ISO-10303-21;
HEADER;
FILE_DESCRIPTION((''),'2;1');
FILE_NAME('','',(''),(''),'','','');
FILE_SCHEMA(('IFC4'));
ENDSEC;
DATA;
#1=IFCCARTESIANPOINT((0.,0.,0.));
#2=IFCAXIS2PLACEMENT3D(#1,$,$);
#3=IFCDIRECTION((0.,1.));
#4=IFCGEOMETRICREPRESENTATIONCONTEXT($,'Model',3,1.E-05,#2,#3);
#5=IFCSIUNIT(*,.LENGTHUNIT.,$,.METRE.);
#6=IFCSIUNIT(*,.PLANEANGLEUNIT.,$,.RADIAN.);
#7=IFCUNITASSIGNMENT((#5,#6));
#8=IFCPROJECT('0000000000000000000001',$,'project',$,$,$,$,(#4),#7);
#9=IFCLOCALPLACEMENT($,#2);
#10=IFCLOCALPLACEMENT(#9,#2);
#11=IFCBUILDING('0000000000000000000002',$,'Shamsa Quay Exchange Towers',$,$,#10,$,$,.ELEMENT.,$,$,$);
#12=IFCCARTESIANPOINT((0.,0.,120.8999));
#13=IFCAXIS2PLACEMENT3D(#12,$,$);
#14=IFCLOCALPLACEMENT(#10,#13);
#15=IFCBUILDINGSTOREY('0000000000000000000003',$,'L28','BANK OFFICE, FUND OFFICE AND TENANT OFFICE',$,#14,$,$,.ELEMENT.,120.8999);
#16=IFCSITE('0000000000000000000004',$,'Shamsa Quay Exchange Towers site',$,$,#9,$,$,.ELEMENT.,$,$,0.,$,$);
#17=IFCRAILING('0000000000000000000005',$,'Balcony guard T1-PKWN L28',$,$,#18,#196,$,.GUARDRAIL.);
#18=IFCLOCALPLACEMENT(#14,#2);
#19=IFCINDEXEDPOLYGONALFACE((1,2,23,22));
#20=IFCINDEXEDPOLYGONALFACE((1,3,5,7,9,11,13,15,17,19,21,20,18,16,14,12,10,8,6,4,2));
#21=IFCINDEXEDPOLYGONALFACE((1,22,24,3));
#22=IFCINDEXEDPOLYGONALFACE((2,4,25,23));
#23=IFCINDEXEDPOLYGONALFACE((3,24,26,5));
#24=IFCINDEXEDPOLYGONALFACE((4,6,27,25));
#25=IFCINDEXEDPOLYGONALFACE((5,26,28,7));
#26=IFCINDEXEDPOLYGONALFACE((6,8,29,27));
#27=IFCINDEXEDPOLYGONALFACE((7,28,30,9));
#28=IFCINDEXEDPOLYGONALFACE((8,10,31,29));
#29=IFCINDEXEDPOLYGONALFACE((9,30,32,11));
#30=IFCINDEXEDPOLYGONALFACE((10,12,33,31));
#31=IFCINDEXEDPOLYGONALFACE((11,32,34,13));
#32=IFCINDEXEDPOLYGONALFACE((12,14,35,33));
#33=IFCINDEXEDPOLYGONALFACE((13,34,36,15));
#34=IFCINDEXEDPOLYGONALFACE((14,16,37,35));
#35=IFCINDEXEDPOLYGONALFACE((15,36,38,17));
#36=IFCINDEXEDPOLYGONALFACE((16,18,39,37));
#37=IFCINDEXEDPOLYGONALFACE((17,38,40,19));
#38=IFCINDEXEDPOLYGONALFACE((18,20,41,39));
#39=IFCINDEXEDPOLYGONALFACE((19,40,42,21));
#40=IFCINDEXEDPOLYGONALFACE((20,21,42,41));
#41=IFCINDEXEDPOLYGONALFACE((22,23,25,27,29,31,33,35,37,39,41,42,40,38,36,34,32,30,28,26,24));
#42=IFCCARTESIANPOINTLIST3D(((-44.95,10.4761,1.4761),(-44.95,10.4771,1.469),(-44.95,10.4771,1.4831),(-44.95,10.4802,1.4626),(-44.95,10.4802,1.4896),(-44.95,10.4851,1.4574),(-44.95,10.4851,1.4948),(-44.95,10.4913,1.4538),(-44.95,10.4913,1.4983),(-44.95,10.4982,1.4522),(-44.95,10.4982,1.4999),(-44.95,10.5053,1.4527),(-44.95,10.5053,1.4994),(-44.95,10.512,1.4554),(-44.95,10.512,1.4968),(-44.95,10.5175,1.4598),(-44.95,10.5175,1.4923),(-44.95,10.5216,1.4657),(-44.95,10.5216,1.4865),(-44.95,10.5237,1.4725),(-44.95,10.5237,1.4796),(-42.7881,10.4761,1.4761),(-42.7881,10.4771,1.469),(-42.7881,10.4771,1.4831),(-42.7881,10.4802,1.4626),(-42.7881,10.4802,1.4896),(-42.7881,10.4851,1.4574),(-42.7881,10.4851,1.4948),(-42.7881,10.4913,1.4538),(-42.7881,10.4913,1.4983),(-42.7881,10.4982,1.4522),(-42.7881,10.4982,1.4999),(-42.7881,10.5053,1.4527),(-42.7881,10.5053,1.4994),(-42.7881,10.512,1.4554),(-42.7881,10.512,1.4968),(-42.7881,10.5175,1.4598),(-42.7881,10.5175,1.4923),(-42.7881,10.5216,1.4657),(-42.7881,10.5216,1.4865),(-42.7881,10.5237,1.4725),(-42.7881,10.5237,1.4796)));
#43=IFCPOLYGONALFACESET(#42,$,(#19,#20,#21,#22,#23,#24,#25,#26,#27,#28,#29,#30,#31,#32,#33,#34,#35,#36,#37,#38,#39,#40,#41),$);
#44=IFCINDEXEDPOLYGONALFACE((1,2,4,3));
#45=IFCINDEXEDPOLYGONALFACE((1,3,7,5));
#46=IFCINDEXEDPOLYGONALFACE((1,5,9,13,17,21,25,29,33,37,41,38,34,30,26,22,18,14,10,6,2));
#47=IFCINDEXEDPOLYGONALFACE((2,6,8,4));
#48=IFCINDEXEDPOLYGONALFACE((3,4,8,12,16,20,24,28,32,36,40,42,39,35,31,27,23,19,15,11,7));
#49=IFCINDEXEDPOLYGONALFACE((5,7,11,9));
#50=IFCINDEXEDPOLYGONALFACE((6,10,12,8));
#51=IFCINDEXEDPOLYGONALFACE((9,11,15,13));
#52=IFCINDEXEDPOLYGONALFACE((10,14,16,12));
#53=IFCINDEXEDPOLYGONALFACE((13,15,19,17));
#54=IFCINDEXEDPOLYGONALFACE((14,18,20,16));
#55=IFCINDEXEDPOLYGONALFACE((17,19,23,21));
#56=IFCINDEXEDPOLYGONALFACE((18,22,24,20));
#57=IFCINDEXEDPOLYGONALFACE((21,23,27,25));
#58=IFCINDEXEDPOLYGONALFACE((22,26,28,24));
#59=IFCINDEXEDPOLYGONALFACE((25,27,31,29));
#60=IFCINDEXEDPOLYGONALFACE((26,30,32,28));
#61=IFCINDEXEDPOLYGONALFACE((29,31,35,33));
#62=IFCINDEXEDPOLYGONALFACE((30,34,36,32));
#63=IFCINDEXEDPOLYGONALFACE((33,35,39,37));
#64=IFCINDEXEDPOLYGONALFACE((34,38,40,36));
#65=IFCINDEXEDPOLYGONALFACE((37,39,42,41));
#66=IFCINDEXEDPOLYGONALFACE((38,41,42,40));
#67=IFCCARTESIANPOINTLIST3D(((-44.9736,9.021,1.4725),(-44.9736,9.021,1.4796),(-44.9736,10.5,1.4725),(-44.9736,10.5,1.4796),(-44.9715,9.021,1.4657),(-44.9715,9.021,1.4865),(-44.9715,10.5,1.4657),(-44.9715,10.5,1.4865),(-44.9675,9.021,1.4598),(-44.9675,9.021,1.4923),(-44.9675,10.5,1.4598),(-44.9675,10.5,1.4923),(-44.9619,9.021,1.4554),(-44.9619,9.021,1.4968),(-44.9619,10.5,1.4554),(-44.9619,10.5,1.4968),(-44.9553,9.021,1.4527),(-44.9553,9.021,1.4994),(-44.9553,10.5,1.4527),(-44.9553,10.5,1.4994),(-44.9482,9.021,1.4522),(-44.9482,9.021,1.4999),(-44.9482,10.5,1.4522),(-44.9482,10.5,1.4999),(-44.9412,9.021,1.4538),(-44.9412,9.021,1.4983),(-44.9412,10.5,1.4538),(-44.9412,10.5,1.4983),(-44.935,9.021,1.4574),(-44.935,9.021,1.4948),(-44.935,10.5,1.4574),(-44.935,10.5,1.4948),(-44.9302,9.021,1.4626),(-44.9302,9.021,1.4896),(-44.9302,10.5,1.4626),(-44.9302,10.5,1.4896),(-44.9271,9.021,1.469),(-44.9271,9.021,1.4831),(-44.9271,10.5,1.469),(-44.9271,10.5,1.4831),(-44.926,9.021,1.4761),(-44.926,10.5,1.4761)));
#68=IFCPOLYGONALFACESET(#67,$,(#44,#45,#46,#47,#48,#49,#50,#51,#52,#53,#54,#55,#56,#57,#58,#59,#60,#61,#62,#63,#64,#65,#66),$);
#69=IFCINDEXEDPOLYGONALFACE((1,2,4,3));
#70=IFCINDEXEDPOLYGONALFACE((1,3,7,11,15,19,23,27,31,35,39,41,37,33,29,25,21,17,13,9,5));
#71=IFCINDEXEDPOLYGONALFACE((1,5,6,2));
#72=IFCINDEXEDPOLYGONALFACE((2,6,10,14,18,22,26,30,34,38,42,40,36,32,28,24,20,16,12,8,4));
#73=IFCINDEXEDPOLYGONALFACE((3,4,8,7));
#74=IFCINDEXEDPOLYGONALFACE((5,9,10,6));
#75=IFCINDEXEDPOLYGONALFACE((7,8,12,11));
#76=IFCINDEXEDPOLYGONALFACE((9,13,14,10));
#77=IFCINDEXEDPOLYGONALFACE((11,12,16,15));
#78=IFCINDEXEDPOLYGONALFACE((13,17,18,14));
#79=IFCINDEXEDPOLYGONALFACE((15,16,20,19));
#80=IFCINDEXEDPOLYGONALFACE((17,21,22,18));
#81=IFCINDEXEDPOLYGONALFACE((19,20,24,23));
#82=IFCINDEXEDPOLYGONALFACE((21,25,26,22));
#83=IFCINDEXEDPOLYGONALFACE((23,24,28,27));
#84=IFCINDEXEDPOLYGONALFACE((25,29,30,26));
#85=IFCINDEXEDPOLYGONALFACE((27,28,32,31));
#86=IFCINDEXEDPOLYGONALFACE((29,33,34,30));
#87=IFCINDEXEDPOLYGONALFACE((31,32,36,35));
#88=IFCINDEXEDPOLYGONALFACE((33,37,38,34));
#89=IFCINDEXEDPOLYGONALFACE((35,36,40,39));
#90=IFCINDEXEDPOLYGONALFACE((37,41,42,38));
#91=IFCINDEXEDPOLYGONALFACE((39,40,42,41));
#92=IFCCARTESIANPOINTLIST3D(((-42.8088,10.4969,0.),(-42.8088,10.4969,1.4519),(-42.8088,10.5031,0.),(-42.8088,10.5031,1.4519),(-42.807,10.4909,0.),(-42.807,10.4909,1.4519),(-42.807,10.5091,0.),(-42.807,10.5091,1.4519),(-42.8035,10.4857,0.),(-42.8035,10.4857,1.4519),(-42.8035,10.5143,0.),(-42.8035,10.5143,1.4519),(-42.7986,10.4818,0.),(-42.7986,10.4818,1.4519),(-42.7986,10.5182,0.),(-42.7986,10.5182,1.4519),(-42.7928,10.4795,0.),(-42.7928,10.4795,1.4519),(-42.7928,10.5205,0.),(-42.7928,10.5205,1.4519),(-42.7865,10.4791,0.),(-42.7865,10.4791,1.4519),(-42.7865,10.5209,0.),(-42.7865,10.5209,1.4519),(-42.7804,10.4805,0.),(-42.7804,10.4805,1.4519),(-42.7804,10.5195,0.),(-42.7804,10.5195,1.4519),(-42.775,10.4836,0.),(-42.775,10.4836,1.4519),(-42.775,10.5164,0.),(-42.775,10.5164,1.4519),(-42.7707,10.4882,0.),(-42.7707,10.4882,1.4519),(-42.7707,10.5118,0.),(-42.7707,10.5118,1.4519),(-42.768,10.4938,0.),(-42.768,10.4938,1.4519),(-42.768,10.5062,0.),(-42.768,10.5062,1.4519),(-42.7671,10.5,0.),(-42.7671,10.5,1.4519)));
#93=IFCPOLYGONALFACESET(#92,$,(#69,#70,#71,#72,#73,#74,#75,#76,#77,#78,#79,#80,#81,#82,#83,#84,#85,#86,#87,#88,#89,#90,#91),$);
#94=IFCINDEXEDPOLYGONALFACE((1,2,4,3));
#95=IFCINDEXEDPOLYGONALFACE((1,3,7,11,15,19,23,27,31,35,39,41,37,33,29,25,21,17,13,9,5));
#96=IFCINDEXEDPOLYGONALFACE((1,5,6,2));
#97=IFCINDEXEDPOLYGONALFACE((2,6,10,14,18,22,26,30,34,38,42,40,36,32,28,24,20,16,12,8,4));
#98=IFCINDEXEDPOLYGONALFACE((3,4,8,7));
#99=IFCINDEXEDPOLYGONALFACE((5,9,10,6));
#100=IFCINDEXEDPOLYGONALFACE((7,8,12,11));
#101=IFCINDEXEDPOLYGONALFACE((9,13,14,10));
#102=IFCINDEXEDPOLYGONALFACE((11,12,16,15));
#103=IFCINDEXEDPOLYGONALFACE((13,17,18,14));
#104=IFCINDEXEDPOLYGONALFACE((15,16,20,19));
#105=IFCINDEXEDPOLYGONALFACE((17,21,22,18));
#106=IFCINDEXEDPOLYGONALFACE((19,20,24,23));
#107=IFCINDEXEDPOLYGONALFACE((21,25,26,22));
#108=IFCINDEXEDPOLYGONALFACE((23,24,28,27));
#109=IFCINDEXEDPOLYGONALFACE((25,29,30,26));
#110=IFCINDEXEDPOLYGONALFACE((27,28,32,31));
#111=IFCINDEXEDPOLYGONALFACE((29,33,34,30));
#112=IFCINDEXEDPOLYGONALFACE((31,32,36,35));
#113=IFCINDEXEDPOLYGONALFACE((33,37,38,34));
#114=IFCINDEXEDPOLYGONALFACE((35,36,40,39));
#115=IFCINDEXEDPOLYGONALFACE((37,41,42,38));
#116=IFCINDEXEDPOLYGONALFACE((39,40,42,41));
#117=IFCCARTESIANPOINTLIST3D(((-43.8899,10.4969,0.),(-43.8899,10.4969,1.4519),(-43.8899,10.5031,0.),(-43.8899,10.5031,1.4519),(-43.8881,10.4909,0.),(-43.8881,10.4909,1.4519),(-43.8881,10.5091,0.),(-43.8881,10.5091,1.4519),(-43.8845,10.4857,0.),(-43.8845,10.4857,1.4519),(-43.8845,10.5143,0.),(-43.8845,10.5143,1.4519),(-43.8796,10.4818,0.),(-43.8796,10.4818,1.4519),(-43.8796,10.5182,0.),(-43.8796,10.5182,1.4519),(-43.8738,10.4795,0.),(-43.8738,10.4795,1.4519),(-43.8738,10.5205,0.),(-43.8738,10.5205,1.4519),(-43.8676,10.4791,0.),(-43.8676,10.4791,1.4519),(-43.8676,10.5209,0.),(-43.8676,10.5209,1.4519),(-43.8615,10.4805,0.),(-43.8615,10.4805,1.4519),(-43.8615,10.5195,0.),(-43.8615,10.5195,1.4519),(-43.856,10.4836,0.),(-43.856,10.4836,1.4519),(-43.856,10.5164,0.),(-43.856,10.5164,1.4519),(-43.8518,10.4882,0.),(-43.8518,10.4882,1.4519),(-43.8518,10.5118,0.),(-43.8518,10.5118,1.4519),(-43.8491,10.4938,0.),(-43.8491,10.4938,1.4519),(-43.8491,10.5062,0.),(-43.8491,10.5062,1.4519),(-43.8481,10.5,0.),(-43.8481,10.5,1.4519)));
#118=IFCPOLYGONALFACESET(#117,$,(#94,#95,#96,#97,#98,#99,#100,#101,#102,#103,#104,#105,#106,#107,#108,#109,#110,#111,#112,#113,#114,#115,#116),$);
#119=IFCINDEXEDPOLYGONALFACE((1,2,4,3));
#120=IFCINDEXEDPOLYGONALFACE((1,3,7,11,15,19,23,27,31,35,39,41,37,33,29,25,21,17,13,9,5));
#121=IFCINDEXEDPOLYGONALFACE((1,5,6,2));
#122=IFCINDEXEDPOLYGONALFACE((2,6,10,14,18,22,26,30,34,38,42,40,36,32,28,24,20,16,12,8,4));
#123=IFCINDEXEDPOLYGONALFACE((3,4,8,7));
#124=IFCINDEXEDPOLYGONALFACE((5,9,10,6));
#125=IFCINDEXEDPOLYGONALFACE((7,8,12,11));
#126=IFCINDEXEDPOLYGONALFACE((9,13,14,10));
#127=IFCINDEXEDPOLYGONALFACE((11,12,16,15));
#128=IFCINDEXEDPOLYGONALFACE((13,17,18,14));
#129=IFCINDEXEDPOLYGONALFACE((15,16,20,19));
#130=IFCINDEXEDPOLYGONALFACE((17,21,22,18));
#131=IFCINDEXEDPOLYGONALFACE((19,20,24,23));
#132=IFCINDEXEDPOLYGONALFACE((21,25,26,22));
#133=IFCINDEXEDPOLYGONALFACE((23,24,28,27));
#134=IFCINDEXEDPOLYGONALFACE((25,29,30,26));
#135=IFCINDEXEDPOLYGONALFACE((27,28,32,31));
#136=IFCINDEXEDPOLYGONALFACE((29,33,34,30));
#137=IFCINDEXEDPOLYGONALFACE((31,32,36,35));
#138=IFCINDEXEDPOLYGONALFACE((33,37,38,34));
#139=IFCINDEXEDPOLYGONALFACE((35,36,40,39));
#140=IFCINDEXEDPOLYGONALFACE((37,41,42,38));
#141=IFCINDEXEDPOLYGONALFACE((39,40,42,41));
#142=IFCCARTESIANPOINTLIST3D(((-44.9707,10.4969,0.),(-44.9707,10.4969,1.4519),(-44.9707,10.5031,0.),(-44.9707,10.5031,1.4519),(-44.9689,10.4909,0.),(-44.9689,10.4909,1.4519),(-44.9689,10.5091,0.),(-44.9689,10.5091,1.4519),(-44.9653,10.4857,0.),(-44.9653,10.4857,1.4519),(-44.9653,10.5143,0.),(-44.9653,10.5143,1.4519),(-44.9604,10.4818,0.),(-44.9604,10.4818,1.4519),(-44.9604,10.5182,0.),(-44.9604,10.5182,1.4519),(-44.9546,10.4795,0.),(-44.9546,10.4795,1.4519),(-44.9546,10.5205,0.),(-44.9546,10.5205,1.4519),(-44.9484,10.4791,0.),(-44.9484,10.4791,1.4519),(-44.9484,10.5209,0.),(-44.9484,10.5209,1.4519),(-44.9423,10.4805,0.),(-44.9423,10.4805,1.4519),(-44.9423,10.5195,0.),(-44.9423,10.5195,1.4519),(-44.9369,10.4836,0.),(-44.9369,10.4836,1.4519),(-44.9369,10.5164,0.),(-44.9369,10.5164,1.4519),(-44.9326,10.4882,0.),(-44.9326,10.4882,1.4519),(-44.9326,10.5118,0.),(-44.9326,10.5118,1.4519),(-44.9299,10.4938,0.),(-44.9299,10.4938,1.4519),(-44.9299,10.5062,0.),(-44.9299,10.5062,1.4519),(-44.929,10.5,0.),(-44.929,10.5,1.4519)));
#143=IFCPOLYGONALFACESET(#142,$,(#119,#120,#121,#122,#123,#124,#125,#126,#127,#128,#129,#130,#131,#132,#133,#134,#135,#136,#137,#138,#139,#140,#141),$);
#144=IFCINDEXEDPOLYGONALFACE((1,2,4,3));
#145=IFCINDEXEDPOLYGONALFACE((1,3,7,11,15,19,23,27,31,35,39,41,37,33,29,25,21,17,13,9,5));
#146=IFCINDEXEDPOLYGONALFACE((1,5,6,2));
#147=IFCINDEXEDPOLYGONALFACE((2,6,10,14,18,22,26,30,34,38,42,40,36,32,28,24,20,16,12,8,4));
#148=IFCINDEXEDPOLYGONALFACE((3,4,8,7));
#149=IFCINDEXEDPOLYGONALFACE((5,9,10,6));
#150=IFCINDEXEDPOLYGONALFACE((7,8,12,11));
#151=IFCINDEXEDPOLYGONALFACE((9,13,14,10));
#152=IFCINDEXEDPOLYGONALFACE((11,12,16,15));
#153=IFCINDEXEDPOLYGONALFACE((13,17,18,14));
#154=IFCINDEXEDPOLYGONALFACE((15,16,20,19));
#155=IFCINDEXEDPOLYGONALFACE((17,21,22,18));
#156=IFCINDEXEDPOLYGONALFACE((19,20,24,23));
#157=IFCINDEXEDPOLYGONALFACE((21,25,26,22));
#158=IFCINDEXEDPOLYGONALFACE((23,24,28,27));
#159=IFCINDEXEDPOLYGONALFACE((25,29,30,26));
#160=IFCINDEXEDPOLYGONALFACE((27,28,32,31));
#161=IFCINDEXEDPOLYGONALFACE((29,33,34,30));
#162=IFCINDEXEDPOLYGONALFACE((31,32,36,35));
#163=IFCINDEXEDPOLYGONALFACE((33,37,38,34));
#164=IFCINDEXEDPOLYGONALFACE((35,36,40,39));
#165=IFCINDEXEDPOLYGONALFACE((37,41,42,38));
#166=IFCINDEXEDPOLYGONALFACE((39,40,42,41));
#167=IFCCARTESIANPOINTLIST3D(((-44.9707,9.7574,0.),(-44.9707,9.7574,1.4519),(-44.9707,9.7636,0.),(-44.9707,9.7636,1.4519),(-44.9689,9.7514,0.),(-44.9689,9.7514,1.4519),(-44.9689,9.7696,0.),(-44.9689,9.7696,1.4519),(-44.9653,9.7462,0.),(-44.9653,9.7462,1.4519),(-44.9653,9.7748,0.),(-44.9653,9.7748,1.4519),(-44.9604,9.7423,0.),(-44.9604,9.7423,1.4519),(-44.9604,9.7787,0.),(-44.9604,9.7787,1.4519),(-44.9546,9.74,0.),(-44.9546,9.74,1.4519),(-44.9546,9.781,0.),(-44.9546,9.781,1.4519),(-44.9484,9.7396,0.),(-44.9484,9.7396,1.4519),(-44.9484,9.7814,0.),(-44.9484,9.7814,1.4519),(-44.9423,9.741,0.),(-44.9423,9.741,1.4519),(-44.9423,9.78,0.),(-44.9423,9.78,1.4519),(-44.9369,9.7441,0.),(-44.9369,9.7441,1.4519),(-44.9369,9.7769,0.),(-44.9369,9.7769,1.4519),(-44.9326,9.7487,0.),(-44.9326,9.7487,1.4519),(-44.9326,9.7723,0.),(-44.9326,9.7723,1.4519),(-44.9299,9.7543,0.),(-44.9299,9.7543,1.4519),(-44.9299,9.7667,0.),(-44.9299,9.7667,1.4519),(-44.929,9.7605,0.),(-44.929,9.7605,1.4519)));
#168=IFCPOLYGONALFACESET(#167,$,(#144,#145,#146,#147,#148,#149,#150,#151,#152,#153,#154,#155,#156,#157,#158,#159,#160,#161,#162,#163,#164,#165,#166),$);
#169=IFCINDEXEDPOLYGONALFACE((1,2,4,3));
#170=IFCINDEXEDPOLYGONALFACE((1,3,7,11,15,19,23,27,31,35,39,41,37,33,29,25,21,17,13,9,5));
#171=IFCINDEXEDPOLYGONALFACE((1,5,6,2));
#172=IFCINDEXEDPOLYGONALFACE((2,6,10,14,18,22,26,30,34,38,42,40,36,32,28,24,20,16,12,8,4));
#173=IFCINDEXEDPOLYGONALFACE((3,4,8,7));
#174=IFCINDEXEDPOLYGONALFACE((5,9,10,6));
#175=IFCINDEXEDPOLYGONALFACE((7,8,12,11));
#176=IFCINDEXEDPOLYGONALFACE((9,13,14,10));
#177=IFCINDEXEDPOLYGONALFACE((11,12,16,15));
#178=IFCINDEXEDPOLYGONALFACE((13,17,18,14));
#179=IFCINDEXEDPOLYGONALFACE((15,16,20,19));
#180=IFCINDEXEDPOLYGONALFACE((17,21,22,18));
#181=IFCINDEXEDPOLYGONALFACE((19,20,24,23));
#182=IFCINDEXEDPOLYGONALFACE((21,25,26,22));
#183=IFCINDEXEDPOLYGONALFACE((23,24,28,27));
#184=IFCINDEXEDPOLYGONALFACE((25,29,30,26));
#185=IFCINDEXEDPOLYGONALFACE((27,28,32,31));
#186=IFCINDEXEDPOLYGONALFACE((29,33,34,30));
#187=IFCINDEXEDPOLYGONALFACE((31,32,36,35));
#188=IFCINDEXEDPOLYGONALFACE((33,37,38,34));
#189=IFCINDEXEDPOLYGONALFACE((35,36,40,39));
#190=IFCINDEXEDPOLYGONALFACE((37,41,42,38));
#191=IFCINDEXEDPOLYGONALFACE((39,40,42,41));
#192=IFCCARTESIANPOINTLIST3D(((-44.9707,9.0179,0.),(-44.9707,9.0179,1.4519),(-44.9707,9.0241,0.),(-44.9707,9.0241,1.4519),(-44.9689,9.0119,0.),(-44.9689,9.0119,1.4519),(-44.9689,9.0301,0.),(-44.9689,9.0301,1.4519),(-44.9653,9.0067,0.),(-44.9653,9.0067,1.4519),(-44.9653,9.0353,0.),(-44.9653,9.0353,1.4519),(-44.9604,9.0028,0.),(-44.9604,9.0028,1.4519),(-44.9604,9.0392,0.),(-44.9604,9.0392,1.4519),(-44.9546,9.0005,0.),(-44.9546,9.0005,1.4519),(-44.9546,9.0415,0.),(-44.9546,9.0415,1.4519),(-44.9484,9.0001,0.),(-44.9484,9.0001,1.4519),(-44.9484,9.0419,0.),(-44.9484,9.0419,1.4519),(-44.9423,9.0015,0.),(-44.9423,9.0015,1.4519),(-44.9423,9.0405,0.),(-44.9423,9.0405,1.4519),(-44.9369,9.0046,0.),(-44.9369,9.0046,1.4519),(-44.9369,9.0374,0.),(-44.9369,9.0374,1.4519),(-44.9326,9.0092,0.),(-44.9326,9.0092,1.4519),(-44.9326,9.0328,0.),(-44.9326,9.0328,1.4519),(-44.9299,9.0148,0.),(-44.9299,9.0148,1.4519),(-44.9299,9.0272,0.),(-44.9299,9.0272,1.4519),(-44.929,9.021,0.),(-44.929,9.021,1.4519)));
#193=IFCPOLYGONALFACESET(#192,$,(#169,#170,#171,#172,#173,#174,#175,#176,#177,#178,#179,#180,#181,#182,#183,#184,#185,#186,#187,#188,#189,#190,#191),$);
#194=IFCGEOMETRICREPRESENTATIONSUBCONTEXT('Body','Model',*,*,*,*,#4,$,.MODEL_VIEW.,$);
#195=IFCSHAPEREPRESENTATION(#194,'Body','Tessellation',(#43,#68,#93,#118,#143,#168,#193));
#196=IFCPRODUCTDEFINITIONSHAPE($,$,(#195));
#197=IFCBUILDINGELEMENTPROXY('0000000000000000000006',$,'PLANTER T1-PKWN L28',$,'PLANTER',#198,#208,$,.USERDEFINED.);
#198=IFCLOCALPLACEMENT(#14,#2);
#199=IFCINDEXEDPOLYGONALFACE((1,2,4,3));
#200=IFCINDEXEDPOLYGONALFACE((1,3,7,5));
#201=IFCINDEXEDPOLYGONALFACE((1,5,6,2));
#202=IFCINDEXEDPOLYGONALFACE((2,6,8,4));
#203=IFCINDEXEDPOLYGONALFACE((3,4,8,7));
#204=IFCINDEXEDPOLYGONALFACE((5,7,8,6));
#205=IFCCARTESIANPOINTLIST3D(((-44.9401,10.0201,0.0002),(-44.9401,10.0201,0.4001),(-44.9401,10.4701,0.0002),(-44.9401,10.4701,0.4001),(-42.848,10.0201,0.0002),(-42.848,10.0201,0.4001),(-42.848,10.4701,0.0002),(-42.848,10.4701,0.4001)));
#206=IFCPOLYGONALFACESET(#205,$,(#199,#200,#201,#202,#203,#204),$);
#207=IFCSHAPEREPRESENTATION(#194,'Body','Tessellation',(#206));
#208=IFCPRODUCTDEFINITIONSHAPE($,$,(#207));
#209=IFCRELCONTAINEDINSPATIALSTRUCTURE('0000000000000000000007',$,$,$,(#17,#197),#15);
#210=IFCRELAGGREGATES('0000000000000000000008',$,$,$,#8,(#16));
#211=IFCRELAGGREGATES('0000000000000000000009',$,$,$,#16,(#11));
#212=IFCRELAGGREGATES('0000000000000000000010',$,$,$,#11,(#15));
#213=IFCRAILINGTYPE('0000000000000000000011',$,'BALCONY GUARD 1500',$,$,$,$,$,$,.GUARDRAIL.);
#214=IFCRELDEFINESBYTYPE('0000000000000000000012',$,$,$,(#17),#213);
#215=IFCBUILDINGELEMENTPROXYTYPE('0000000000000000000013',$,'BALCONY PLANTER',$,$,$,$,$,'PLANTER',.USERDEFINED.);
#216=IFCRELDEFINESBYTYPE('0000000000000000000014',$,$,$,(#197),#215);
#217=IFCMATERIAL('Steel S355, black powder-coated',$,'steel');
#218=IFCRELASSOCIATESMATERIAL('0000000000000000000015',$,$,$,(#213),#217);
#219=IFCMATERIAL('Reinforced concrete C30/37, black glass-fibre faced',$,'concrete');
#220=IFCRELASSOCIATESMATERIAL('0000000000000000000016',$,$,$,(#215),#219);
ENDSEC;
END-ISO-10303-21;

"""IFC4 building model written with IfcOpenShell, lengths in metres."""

from ifc_helpers import new_model, si_unit, direction, frame, origin, origin_2d, place, context, subcontext, project, spatial, rectangle, circle, extrude, material, type_object, element, save


model = new_model("IFC4")

# Units and contexts
model_context = context("Model", 3, precision=1e-05, world=origin(), true_north=direction((0.0, 1.0)))
body_context = subcontext(model_context, "Body", "Model", "MODEL_VIEW")
ifc_project = project(units=[si_unit("LENGTHUNIT", "METRE"), si_unit("PLANEANGLEUNIT", "RADIAN")], contexts=[model_context])

# Site, building, storey
site_placement = place(None, origin())
site = spatial("IfcSite", under=ifc_project, at=site_placement, Name="Shamsa Quay Exchange Towers site", CompositionType="ELEMENT", RefElevation=0.0)
building_placement = place(site_placement, origin())
building = spatial("IfcBuilding", under=site, at=building_placement, Name="Shamsa Quay Exchange Towers", CompositionType="ELEMENT")
storey_placement = place(building_placement, frame((0.0, 0.0, 120.8999)))
storey = spatial("IfcBuildingStorey", under=building, at=storey_placement, Name="L28", Description="BANK OFFICE, FUND OFFICE AND TENANT OFFICE", CompositionType="ELEMENT", Elevation=120.8999)

# Railing
ifc_material_1 = material(Name="Steel S355, black powder-coated", Category="steel")
railing_type_1 = type_object("IfcRailingType", Name="BALCONY GUARD 1500", PredefinedType="GUARDRAIL", material=ifc_material_1)
railing_1_placement = place(storey_placement, frame((-42.7881, 10.5, 0.0)))
element("IfcRailing", 1, at=railing_1_placement, inside=storey, type_object=railing_type_1, Name="Balcony guard T1-PKWN L28", PredefinedType="GUARDRAIL", context=body_context, shape_type="SweptSolid", body=[
    extrude(circle(Radius=0.0239, at=origin_2d()), frame((0.0, 0.0, 1.4761), z_axis=(-1.0, 0.0, 0.0), x_axis=(0.0, -1.0, 0.0)), (0.0, 0.0, 1.0), 2.1619),
    extrude(circle(Radius=0.0239, at=origin_2d()), frame((-2.1619, 0.0, 1.4761), z_axis=(0.0, -1.0, 0.0), x_axis=(1.0, 0.0, 0.0)), (0.0, 0.0, 1.0), 1.479),
    extrude(circle(Radius=0.021, at=origin_2d()), origin(), (0.0, 0.0, 1.0), 1.4519),
    extrude(circle(Radius=0.021, at=origin_2d()), frame((-1.0811, 0.0, 0.0)), (0.0, 0.0, 1.0), 1.4519),
    extrude(circle(Radius=0.021, at=origin_2d()), frame((-2.1619, 0.0, 0.0)), (0.0, 0.0, 1.0), 1.4519),
    extrude(circle(Radius=0.021, at=origin_2d()), frame((-2.1619, -0.7395, 0.0)), (0.0, 0.0, 1.0), 1.4519),
    extrude(circle(Radius=0.021, at=origin_2d()), frame((-2.1619, -1.479, 0.0)), (0.0, 0.0, 1.0), 1.4519),
])

# Building element proxy
ifc_material_2 = material(Name="Reinforced concrete C30/37, black glass-fibre faced", Category="concrete")
building_element_proxy_type = type_object("IfcBuildingElementProxyType", Name="BALCONY PLANTER", ElementType="PLANTER", PredefinedType="USERDEFINED", material=ifc_material_2)
proxy_placement = place(storey_placement, frame((-43.894, 10.2451, 0.0002), z_axis=(0.0, 0.0, 1.0), x_axis=(-1.0, 0.0, 0.0)))
element("IfcBuildingElementProxy", 2, at=proxy_placement, inside=storey, type_object=building_element_proxy_type, Name="PLANTER T1-PKWN L28", ObjectType="PLANTER", PredefinedType="USERDEFINED", context=body_context, shape_type="SweptSolid", body=[
    extrude(rectangle(XDim=2.092, YDim=0.45, at=origin_2d()), origin(), (0.0, 0.0, 1.0), 0.3999),
])

save(model, "model.ifc")
